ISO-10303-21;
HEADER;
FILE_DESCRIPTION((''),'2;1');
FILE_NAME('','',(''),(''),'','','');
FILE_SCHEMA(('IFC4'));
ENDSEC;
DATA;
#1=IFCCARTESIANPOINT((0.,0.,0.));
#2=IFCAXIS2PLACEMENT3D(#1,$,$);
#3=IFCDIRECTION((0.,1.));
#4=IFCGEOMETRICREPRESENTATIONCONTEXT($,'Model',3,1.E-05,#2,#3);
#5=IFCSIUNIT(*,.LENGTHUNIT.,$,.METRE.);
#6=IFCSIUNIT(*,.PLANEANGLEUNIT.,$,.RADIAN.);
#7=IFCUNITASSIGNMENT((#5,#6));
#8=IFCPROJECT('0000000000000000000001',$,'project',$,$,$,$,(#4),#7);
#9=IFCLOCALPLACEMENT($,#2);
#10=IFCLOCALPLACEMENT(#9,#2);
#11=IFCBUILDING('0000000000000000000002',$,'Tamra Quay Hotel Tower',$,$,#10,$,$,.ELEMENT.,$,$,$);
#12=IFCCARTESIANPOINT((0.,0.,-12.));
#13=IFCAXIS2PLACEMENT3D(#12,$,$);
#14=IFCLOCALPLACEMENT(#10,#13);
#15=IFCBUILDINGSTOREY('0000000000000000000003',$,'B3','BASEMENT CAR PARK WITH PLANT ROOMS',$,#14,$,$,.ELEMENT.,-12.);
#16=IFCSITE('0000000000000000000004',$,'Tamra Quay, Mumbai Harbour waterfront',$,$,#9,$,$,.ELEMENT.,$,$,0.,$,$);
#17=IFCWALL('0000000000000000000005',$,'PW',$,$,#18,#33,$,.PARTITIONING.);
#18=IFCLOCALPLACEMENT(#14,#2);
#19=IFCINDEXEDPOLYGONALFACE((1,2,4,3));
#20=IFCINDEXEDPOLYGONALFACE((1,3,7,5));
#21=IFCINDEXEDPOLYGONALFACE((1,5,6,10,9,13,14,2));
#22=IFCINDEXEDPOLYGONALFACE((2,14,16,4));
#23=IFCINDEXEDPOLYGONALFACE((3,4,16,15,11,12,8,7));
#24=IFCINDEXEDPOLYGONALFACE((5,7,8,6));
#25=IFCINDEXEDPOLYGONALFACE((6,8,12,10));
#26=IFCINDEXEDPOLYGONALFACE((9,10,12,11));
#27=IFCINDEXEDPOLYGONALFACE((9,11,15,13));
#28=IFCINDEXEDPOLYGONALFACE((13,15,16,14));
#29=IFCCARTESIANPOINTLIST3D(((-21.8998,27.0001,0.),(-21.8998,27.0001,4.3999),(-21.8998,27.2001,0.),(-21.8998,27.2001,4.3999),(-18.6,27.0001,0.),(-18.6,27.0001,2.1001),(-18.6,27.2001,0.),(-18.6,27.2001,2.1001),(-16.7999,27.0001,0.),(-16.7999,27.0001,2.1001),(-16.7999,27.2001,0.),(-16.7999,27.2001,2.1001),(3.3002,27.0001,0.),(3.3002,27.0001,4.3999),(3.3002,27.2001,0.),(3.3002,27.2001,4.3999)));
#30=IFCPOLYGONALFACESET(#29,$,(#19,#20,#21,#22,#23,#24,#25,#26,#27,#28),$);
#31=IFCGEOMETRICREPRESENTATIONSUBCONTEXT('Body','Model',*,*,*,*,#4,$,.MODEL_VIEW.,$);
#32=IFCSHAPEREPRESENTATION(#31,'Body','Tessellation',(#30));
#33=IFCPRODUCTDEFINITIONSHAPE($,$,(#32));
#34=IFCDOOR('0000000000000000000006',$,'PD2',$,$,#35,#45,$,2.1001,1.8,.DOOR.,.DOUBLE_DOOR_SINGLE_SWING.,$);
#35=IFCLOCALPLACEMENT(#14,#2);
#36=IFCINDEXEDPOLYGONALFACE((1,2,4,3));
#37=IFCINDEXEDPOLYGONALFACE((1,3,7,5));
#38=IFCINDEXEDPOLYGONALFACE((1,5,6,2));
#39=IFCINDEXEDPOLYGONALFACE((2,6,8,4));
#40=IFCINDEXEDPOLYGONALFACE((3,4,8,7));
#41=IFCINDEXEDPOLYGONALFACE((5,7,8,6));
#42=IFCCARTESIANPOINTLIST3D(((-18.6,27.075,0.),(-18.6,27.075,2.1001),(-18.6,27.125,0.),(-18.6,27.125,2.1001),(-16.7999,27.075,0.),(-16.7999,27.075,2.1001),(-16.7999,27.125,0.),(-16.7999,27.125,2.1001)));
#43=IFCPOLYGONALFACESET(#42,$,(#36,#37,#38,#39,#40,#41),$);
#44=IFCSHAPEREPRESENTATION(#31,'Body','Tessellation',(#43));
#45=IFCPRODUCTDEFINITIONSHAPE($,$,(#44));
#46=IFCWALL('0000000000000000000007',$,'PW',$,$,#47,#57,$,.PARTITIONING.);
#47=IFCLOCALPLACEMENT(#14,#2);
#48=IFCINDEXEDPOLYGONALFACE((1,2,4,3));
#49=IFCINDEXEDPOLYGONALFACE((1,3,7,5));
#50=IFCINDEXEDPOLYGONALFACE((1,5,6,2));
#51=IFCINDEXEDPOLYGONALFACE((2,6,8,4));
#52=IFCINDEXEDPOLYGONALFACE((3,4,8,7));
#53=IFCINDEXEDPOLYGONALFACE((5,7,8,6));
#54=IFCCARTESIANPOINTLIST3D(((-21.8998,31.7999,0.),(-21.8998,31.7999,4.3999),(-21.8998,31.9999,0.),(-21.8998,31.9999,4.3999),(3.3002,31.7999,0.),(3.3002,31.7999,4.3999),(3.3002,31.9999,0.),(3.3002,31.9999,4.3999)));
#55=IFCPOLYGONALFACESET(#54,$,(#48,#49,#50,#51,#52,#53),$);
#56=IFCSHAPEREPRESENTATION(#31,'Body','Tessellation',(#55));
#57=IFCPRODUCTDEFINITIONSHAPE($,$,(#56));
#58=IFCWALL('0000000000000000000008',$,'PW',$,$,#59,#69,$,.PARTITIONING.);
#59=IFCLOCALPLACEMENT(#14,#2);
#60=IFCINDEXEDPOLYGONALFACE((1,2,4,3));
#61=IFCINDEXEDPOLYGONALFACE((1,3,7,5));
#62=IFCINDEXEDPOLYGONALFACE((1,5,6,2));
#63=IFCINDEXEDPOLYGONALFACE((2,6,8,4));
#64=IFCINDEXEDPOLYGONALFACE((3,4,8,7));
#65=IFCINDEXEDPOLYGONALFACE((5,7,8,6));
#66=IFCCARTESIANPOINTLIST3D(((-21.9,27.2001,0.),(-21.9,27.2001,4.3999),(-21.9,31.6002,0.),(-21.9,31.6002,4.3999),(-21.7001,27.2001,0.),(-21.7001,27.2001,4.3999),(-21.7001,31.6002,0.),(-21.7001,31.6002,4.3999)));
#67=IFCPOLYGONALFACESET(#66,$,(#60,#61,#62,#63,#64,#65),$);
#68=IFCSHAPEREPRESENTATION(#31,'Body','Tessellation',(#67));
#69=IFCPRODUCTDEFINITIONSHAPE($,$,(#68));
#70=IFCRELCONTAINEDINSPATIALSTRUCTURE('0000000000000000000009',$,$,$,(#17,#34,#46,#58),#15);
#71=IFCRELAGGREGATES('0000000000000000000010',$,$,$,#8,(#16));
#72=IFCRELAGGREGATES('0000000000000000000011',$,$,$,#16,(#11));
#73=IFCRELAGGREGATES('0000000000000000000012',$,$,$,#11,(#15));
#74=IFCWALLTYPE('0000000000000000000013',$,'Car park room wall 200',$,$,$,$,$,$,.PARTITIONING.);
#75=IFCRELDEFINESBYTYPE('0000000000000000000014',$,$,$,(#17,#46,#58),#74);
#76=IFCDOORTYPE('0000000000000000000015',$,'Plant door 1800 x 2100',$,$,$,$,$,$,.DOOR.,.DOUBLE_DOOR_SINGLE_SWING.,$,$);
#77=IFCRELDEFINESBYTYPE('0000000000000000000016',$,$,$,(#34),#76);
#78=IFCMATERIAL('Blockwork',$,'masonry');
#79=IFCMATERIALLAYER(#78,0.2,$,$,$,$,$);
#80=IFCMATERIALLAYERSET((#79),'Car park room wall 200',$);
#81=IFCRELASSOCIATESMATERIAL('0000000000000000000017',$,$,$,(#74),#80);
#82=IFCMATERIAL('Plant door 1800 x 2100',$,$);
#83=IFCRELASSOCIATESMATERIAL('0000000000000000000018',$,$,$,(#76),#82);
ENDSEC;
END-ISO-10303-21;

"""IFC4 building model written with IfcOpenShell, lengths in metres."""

from ifc_helpers import new_model, si_unit, direction, frame, frame_2d, origin, place, context, subcontext, project, spatial, rectangle, extrude, material, layer, layer_set, type_object, element, fill, save


model = new_model("IFC4")

# Units and contexts
model_context = context("Model", 3, precision=1e-05, world=origin(), true_north=direction((0.0, 1.0)))
body_context = subcontext(model_context, "Body", "Model", "MODEL_VIEW")
ifc_project = project(units=[si_unit("LENGTHUNIT", "METRE"), si_unit("PLANEANGLEUNIT", "RADIAN")], contexts=[model_context])

# Site, building, storey
site_placement = place(None, origin())
site = spatial("IfcSite", under=ifc_project, at=site_placement, Name="Tamra Quay, Mumbai Harbour waterfront", CompositionType="ELEMENT", RefElevation=0.0)
building_placement = place(site_placement, origin())
building = spatial("IfcBuilding", under=site, at=building_placement, Name="Tamra Quay Hotel Tower", CompositionType="ELEMENT")
storey_placement = place(building_placement, frame((0.0, 0.0, -12.0)))
storey = spatial("IfcBuildingStorey", under=building, at=storey_placement, Name="B3", Description="BASEMENT CAR PARK WITH PLANT ROOMS", CompositionType="ELEMENT", Elevation=-12.0)

# Shared definitions
ifc_material_1 = material(Name="Blockwork", Category="masonry")
ifc_layer = layer(ifc_material_1, 0.2)
ifc_layer_set = layer_set([ifc_layer], Name="Car park room wall 200")
wall_type = type_object("IfcWallType", Name="Car park room wall 200", PredefinedType="PARTITIONING", material=ifc_layer_set)

# Shared definitions
ifc_material_2 = material(Name="Plant door 1800 x 2100")
door_type = type_object("IfcDoorType", Name="Plant door 1800 x 2100", OperationType="DOUBLE_DOOR_SINGLE_SWING", PredefinedType="DOOR", material=ifc_material_2)

# Wall, opening, door
wall_1_placement = place(storey_placement, frame((-21.8999, 27.1001, 0.0), z_axis=(0.0, 0.0, 1.0), x_axis=(1.0, 0.0, 0.0)))
wall_1 = element("IfcWall", 1, at=wall_1_placement, inside=storey, type_object=wall_type, Name="PW", PredefinedType="PARTITIONING", context=body_context, shape_type="SweptSolid", body=[
    extrude(rectangle(XDim=25.2, YDim=0.2, at=frame_2d((12.6001, 0.0))), origin(), (0.0, 0.0, 1.0), 4.3999),
])
opening_1_placement = place(wall_1_placement, frame((3.3, 0.0, 0.0)))
opening_1 = element("IfcOpeningElement", 2, at=opening_1_placement, cuts=wall_1, PredefinedType="OPENING", context=body_context, shape_type="SweptSolid", body=[
    extrude(rectangle(XDim=1.8, YDim=2.1001, at=frame_2d((0.8999, 1.05))), frame((0.0, 0.1099, 0.0), z_axis=(0.0, -1.0, 0.0), x_axis=(1.0, 0.0, 0.0)), (0.0, 0.0, 1.0), 0.22),
])
door_1_placement = place(opening_1_placement, origin())
door_1 = element("IfcDoor", 3, at=door_1_placement, inside=storey, type_object=door_type, Name="PD2", OperationType="DOUBLE_DOOR_SINGLE_SWING", OverallHeight=2.1001, OverallWidth=1.8, PredefinedType="DOOR", context=body_context, shape_type="SweptSolid", body=[
    extrude(rectangle(XDim=1.8, YDim=2.1001, at=frame_2d((0.8999, 1.05))), frame((0.0, 0.0249, 0.0), z_axis=(0.0, -1.0, 0.0), x_axis=(1.0, 0.0, 0.0)), (0.0, 0.0, 1.0), 0.05),
])
fill(opening_1, door_1)

# Walls
wall_2_placement = place(storey_placement, frame((-21.8999, 31.8999, 0.0), z_axis=(0.0, 0.0, 1.0), x_axis=(1.0, 0.0, 0.0)))
element("IfcWall", 4, at=wall_2_placement, inside=storey, type_object=wall_type, Name="PW", PredefinedType="PARTITIONING", context=body_context, shape_type="SweptSolid", body=[
    extrude(rectangle(XDim=25.2, YDim=0.2, at=frame_2d((12.6001, 0.0))), origin(), (0.0, 0.0, 1.0), 4.3999),
])
wall_3_placement = place(storey_placement, frame((-21.8, 27.2, 0.0), z_axis=(0.0, 0.0, 1.0), x_axis=(0.0, 1.0, 0.0)))
element("IfcWall", 5, at=wall_3_placement, inside=storey, type_object=wall_type, Name="PW", PredefinedType="PARTITIONING", context=body_context, shape_type="SweptSolid", body=[
    extrude(rectangle(XDim=4.4001, YDim=0.2, at=frame_2d((2.2002, 0.0))), origin(), (0.0, 0.0, 1.0), 4.3999),
])

save(model, "model.ifc")
